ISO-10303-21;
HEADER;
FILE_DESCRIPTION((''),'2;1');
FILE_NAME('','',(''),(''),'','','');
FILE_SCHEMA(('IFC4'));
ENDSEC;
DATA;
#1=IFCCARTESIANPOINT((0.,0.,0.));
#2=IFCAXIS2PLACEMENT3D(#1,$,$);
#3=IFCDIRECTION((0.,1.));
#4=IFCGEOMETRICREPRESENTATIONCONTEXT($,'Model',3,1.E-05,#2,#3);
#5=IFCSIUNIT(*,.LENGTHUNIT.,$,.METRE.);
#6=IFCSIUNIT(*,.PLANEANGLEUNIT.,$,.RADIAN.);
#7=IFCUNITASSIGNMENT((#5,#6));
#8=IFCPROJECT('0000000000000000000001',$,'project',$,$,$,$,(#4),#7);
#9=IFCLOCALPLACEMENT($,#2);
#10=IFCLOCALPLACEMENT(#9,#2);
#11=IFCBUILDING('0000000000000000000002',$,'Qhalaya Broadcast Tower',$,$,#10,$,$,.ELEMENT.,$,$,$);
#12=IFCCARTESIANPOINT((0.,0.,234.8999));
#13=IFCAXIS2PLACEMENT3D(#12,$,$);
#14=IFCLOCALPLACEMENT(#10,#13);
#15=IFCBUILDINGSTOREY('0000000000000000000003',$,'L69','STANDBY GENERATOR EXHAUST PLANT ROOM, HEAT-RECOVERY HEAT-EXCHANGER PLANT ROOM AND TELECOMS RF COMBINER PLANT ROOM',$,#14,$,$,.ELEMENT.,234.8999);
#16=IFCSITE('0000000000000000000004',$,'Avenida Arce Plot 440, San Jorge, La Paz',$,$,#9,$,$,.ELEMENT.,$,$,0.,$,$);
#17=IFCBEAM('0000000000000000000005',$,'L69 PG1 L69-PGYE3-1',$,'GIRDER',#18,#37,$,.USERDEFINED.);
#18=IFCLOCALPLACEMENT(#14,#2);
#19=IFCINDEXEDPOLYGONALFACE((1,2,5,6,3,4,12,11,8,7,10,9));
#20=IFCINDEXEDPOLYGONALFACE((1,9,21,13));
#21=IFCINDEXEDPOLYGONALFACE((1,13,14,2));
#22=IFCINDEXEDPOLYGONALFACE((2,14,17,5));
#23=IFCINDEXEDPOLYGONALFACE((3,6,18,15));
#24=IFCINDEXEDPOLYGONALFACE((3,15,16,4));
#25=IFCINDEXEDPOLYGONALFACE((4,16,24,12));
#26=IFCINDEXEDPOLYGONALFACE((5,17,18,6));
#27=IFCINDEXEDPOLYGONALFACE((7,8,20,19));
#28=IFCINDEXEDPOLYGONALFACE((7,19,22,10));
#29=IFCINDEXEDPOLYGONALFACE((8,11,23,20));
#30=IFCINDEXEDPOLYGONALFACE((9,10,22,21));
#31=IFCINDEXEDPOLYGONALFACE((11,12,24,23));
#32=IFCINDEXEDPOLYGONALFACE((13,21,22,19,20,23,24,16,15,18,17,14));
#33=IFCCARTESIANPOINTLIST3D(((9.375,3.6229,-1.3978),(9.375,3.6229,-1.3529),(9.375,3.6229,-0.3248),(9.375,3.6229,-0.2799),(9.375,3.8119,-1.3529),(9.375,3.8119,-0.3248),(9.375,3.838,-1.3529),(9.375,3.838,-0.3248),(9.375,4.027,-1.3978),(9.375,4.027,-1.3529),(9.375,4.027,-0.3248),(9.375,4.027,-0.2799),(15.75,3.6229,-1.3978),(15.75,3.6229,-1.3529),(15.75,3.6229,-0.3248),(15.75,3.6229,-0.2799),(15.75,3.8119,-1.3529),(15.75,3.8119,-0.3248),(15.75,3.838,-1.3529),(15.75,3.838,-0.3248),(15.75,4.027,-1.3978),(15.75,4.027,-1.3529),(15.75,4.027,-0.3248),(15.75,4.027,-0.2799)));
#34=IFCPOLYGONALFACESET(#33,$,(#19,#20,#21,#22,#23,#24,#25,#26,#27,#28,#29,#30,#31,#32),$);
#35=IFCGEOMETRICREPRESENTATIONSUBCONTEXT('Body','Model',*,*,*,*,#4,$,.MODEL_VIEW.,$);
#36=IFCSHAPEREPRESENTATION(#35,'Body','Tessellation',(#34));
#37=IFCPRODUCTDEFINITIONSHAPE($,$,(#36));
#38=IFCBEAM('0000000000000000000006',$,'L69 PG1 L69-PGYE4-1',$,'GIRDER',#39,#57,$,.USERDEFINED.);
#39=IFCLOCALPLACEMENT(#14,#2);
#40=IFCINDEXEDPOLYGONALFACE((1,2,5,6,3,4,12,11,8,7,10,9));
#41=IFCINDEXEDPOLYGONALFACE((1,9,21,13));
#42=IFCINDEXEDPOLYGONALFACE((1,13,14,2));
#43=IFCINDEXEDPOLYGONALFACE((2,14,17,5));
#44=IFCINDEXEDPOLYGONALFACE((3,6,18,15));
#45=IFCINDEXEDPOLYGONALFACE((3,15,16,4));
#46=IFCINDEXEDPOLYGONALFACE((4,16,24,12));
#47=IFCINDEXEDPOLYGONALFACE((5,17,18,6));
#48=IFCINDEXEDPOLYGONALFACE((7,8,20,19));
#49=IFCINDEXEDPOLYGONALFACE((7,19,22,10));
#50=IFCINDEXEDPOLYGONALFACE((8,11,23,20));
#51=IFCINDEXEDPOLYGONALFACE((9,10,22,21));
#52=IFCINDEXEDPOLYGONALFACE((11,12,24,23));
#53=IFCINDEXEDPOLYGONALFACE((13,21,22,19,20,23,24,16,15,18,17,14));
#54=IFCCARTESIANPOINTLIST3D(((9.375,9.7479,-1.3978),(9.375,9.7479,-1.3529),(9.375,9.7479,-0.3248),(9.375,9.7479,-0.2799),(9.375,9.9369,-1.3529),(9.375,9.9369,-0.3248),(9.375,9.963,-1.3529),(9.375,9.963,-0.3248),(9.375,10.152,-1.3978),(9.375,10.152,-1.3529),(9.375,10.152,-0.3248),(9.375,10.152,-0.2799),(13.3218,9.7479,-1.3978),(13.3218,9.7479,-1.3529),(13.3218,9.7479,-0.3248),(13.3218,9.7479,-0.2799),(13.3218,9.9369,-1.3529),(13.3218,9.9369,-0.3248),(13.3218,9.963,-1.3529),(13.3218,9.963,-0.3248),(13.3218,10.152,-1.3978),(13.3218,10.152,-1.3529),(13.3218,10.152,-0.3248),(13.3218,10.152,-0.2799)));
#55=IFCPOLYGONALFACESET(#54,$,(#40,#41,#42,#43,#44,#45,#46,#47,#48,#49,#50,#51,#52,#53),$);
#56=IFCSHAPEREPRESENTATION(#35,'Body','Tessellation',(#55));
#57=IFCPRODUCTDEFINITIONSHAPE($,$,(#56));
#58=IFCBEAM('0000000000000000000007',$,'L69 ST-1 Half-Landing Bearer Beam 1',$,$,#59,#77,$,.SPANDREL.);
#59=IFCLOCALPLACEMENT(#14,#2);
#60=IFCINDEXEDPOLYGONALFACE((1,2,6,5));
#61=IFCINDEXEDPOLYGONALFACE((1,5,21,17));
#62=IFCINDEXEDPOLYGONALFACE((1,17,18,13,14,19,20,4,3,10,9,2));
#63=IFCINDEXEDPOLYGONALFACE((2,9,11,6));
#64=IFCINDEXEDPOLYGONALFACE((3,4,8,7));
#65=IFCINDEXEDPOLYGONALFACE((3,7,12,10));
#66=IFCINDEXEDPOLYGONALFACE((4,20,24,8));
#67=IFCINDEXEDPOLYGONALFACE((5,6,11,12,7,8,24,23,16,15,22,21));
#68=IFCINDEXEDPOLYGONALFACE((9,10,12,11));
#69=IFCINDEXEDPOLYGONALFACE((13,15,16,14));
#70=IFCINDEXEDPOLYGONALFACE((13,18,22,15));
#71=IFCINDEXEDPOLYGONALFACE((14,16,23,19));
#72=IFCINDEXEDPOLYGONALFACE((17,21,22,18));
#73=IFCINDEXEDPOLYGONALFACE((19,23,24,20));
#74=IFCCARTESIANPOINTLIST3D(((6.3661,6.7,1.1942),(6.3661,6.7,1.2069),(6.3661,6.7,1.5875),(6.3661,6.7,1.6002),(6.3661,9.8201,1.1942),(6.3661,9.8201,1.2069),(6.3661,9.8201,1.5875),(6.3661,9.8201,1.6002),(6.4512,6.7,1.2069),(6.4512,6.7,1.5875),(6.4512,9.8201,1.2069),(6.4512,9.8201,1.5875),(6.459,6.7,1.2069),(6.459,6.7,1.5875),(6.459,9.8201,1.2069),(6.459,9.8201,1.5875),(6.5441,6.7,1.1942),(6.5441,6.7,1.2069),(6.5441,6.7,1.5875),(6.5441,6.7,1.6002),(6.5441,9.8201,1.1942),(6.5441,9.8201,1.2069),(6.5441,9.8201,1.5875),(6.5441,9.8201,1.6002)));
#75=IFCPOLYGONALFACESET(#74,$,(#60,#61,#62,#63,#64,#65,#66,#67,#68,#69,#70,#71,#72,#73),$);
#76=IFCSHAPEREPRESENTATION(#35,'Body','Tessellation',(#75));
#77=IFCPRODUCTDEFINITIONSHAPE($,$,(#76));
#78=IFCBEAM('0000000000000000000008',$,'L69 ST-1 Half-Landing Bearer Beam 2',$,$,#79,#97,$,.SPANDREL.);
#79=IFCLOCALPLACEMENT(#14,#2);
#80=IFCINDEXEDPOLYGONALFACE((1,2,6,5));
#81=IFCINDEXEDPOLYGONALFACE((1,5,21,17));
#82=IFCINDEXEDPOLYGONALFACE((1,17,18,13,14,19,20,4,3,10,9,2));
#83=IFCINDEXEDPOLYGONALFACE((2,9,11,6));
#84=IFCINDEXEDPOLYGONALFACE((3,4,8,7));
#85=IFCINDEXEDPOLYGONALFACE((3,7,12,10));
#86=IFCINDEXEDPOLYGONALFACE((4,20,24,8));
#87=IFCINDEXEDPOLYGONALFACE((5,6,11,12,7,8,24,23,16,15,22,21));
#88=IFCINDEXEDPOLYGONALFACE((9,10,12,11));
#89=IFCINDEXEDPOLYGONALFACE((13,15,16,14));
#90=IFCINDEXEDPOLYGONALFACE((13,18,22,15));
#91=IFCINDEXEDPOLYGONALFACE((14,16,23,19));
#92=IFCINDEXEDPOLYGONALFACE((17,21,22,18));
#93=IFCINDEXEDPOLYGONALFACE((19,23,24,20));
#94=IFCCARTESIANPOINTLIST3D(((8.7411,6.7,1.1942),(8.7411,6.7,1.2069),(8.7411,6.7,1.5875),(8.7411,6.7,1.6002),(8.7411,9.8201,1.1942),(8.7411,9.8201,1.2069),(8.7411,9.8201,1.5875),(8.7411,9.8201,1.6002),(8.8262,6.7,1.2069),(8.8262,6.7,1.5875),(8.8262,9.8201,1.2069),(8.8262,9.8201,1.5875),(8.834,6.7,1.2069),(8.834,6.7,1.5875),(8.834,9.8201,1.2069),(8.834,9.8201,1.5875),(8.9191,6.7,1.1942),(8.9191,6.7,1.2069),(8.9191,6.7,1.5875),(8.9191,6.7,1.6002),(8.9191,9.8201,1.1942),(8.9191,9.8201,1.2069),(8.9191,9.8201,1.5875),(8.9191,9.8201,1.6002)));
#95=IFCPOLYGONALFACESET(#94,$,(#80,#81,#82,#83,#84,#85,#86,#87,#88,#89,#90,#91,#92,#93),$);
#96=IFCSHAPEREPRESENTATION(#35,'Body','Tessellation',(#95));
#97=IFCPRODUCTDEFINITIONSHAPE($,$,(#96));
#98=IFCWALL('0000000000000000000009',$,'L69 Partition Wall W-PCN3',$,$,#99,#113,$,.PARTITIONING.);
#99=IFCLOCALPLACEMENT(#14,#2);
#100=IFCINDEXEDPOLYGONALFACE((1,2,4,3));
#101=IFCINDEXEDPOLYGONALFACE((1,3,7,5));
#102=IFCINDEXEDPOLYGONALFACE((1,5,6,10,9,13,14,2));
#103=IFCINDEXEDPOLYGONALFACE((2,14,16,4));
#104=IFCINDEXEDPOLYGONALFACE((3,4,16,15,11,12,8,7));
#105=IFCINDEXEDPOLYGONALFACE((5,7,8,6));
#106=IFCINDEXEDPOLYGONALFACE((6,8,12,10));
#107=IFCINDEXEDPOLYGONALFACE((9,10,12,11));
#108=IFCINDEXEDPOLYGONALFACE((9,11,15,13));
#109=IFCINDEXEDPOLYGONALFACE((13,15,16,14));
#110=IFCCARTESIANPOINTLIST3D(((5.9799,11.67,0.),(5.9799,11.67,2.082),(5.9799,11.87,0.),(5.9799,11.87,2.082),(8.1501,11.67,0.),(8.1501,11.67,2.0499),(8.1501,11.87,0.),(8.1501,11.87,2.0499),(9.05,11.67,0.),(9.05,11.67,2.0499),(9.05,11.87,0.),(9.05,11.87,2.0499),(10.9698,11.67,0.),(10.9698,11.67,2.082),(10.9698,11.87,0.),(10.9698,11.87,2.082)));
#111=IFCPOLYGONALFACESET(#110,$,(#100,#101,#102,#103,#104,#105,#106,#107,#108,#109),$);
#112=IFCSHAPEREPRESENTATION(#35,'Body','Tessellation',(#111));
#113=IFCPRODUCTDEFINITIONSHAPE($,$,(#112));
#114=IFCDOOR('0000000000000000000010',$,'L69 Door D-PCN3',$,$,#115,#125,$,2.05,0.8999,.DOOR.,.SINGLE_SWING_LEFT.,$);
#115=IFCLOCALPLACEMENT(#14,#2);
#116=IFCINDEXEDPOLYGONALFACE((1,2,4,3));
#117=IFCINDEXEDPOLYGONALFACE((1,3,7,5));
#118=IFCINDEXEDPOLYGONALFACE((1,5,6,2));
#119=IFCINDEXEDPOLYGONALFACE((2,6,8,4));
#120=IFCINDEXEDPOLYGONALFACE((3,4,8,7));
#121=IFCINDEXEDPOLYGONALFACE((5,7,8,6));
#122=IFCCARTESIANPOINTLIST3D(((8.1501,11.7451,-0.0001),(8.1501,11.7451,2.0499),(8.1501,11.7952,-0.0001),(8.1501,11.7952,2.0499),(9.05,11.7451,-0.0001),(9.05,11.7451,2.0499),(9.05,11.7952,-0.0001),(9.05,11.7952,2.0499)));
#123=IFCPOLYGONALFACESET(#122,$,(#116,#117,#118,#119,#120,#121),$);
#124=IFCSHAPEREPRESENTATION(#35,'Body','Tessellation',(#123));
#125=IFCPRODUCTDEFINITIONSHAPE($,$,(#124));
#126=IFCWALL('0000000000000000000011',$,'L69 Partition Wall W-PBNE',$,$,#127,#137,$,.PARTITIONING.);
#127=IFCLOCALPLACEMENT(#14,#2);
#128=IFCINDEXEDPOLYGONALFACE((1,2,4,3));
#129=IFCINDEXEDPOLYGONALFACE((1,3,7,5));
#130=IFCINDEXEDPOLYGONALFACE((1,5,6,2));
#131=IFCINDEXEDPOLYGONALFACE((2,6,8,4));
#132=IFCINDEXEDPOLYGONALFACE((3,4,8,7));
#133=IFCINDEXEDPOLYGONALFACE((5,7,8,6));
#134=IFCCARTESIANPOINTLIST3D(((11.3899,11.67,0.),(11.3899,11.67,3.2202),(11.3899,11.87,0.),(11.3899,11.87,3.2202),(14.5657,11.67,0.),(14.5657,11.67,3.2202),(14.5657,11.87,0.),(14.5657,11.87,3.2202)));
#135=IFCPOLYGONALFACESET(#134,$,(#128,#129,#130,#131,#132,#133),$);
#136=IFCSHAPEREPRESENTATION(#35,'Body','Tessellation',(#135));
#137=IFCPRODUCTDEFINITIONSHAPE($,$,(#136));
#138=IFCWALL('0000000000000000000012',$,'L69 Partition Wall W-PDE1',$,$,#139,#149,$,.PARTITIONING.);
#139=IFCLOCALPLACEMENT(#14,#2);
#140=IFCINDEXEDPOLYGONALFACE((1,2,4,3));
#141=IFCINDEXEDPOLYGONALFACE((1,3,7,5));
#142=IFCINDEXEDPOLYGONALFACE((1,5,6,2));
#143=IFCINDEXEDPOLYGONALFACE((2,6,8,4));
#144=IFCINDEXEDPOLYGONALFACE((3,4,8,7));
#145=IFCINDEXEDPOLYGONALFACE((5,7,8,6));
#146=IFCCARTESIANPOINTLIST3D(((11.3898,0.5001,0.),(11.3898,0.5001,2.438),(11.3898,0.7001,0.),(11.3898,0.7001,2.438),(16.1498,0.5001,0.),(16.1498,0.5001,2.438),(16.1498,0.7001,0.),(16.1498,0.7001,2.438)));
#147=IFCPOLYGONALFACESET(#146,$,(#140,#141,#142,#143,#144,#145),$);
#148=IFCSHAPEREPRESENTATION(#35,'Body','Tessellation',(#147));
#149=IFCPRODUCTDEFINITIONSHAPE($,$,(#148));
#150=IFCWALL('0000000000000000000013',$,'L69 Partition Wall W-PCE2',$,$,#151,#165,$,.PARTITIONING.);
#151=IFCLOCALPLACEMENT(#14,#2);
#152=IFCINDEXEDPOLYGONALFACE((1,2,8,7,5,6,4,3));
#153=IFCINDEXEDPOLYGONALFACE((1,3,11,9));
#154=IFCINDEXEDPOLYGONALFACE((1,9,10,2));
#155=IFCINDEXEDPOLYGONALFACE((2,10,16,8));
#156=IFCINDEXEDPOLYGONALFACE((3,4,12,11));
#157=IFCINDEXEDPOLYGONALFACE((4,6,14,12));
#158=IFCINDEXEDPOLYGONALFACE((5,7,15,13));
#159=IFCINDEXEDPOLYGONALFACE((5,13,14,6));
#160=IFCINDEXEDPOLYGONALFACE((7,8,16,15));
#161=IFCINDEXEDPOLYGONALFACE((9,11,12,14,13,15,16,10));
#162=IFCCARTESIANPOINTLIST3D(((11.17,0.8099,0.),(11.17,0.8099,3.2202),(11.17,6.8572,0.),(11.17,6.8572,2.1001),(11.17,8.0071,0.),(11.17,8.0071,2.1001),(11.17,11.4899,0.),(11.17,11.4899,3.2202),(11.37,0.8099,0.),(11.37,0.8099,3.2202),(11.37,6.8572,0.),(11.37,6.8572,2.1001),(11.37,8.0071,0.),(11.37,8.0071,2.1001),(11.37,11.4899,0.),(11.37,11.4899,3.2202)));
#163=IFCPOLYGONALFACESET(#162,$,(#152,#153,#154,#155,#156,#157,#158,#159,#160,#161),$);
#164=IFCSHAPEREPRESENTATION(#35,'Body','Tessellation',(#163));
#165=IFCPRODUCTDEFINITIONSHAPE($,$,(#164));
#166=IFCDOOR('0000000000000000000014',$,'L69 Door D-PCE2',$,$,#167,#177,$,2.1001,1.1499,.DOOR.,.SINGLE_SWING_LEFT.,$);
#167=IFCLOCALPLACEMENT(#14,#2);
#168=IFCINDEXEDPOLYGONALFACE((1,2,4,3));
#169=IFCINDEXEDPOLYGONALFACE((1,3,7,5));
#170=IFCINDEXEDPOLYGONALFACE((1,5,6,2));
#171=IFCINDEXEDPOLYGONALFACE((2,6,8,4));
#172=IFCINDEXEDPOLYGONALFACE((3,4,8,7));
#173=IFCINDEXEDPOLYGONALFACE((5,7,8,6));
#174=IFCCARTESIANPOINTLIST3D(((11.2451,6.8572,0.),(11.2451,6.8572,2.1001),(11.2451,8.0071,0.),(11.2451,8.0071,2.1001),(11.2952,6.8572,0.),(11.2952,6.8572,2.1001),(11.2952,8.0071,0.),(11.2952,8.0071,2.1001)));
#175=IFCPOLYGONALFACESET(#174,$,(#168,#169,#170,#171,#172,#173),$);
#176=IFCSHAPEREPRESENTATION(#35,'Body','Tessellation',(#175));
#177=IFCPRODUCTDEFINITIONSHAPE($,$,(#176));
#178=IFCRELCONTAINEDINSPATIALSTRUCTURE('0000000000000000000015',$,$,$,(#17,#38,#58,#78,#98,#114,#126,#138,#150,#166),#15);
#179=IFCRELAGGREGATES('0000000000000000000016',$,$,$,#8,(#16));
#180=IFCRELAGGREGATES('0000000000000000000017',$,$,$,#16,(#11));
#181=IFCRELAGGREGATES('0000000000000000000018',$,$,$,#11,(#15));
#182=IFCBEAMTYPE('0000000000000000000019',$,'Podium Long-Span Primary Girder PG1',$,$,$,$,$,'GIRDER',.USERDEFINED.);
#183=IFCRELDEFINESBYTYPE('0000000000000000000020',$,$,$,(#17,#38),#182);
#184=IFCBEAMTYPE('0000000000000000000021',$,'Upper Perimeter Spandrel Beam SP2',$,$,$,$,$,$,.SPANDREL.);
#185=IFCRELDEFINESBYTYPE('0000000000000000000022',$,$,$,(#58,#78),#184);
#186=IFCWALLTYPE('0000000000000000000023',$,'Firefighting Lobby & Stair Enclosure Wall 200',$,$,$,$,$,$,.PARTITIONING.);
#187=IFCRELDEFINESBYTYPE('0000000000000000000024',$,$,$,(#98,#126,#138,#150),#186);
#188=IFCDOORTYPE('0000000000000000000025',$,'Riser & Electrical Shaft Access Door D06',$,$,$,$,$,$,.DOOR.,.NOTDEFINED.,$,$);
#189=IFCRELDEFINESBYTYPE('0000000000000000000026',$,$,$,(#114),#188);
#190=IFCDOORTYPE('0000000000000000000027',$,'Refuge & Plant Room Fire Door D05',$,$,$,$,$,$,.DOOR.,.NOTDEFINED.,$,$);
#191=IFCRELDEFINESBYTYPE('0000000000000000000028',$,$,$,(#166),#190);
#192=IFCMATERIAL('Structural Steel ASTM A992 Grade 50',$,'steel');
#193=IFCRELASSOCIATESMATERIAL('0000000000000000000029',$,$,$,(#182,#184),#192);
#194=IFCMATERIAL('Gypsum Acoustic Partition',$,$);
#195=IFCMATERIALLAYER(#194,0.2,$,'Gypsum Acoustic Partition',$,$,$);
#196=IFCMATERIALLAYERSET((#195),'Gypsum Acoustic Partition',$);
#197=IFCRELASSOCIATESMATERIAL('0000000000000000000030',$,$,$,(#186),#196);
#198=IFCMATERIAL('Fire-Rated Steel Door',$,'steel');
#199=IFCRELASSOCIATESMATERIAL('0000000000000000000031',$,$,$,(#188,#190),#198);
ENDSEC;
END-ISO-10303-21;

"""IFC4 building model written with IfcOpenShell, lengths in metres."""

from ifc_helpers import new_model, si_unit, direction, frame, frame_2d, origin, origin_2d, place, context, subcontext, project, spatial, rectangle, i_section, extrude, material, layer, layer_set, material_profile, profile_set, type_object, element, fill, save


model = new_model("IFC4")

# Units and contexts
model_context = context("Model", 3, precision=1e-05, world=origin(), true_north=direction((0.0, 1.0)))
body_context = subcontext(model_context, "Body", "Model", "MODEL_VIEW")
ifc_project = project(units=[si_unit("LENGTHUNIT", "METRE"), si_unit("PLANEANGLEUNIT", "RADIAN")], contexts=[model_context])

# Site, building, storey
site_placement = place(None, origin())
site = spatial("IfcSite", under=ifc_project, at=site_placement, Name="Avenida Arce Plot 440, San Jorge, La Paz", CompositionType="ELEMENT", RefElevation=0.0)
building_placement = place(site_placement, origin())
building = spatial("IfcBuilding", under=site, at=building_placement, Name="Qhalaya Broadcast Tower", CompositionType="ELEMENT")
storey_placement = place(building_placement, frame((0.0, 0.0, 234.8999)))
storey = spatial("IfcBuildingStorey", under=building, at=storey_placement, Name="L69", Description="STANDBY GENERATOR EXHAUST PLANT ROOM, HEAT-RECOVERY HEAT-EXCHANGER PLANT ROOM AND TELECOMS RF COMBINER PLANT ROOM", CompositionType="ELEMENT", Elevation=234.8999)

# Beams
ifc_material_1 = material(Name="Structural Steel ASTM A992 Grade 50", Category="steel")
ifc_material_profile_1 = material_profile(ifc_material_1, i_section(OverallWidth=0.4041, OverallDepth=1.1179, WebThickness=0.0261, FlangeThickness=0.0449, at=origin_2d()), Name="W44X335")
ifc_profile_set_1 = profile_set([ifc_material_profile_1], Name="Structural Steel ASTM A992 Grade 50")
beam_type_1 = type_object("IfcBeamType", Name="Podium Long-Span Primary Girder PG1", ElementType="GIRDER", PredefinedType="USERDEFINED", material=ifc_profile_set_1)
beam_1_placement = place(storey_placement, frame((9.375, 3.825, -0.8389), z_axis=(1.0, 0.0, 0.0), x_axis=(0.0, 1.0, 0.0)))
element("IfcBeam", 1, at=beam_1_placement, inside=storey, type_object=beam_type_1, Name="L69 PG1 L69-PGYE3-1", ObjectType="GIRDER", PredefinedType="USERDEFINED", context=body_context, shape_type="SweptSolid", body=[
    extrude(i_section(OverallWidth=0.4041, OverallDepth=1.1179, WebThickness=0.0261, FlangeThickness=0.0449, at=origin_2d()), origin(), (0.0, 0.0, 1.0), 6.375),
])
beam_2_placement = place(storey_placement, frame((9.375, 9.95, -0.8389), z_axis=(1.0, 0.0, 0.0), x_axis=(0.0, 1.0, 0.0)))
element("IfcBeam", 2, at=beam_2_placement, inside=storey, type_object=beam_type_1, Name="L69 PG1 L69-PGYE4-1", ObjectType="GIRDER", PredefinedType="USERDEFINED", context=body_context, shape_type="SweptSolid", body=[
    extrude(i_section(OverallWidth=0.4041, OverallDepth=1.1179, WebThickness=0.0261, FlangeThickness=0.0449, at=origin_2d()), origin(), (0.0, 0.0, 1.0), 3.9468),
])
ifc_material_profile_2 = material_profile(ifc_material_1, i_section(OverallWidth=0.178, OverallDepth=0.406, WebThickness=0.0078, FlangeThickness=0.0127, at=origin_2d()), Name="W16X40")
ifc_profile_set_2 = profile_set([ifc_material_profile_2], Name="Structural Steel ASTM A992 Grade 50")
beam_type_2 = type_object("IfcBeamType", Name="Upper Perimeter Spandrel Beam SP2", PredefinedType="SPANDREL", material=ifc_profile_set_2)
for number, where, z_axis, x_axis, name in (
    (3, (6.4551, 6.7, 1.3972), (0.0, 1.0, 0.0), (-1.0, 0.0, 0.0), "L69 ST-1 Half-Landing Bearer Beam 1"),
    (4, (8.8301, 6.7, 1.3972), (0.0, 1.0, 0.0), (-1.0, 0.0, 0.0), "L69 ST-1 Half-Landing Bearer Beam 2"),
):
    element("IfcBeam", number, at=place(storey_placement, frame(where, z_axis=z_axis, x_axis=x_axis)), inside=storey, type_object=beam_type_2, Name=name, PredefinedType="SPANDREL", context=body_context, shape_type="SweptSolid", body=[
        extrude(i_section(OverallWidth=0.178, OverallDepth=0.406, WebThickness=0.0078, FlangeThickness=0.0127, at=origin_2d()), origin(), (0.0, 0.0, 1.0), 3.1201),
    ])

# Wall, opening, door
ifc_material_2 = material(Name="Gypsum Acoustic Partition")
ifc_layer_1 = layer(ifc_material_2, 0.2, Name="Gypsum Acoustic Partition")
ifc_layer_set_1 = layer_set([ifc_layer_1], Name="Gypsum Acoustic Partition")
wall_type_1 = type_object("IfcWallType", Name="Firefighting Lobby & Stair Enclosure Wall 200", PredefinedType="PARTITIONING", material=ifc_layer_set_1)
wall_1_placement = place(storey_placement, frame((10.97, 11.77, 0.0), z_axis=(0.0, 0.0, 1.0), x_axis=(-1.0, 0.0, 0.0)))
wall_1 = element("IfcWall", 5, at=wall_1_placement, inside=storey, type_object=wall_type_1, Name="L69 Partition Wall W-PCN3", PredefinedType="PARTITIONING", context=body_context, shape_type="SweptSolid", body=[
    extrude(rectangle(XDim=4.99, YDim=0.2, at=frame_2d((2.4951, 0.0))), origin(), (0.0, 0.0, 1.0), 2.082),
])
opening_1_placement = place(wall_1_placement, frame((1.9199, 0.0, 0.0)))
opening_1 = element("IfcOpeningElement", 6, at=opening_1_placement, cuts=wall_1, PredefinedType="OPENING", context=body_context, shape_type="SweptSolid", body=[
    extrude(rectangle(XDim=0.8999, YDim=2.05, at=frame_2d((0.45, 1.0249))), frame((0.0, 0.1121, 0.0), z_axis=(0.0, -1.0, 0.0), x_axis=(1.0, 0.0, 0.0)), (0.0, 0.0, 1.0), 0.2239),
])
ifc_material_3 = material(Name="Fire-Rated Steel Door", Category="steel")
door_type_1 = type_object("IfcDoorType", Name="Riser & Electrical Shaft Access Door D06", OperationType="NOTDEFINED", PredefinedType="DOOR", material=ifc_material_3)
door_1_placement = place(opening_1_placement, origin())
door_1 = element("IfcDoor", 7, at=door_1_placement, inside=storey, type_object=door_type_1, Name="L69 Door D-PCN3", OperationType="SINGLE_SWING_LEFT", OverallHeight=2.05, OverallWidth=0.8999, PredefinedType="DOOR", context=body_context, shape_type="SweptSolid", body=[
    extrude(rectangle(XDim=0.8999, YDim=2.05, at=frame_2d((0.45, 1.0249))), frame((0.0, 0.0249, 0.0), z_axis=(0.0, -1.0, 0.0), x_axis=(1.0, 0.0, 0.0)), (0.0, 0.0, 1.0), 0.05),
])
fill(opening_1, door_1)

# Walls
wall_2_placement = place(storey_placement, frame((11.3899, 11.77, 0.0), z_axis=(0.0, 0.0, 1.0), x_axis=(1.0, 0.0, 0.0)))
element("IfcWall", 8, at=wall_2_placement, inside=storey, type_object=wall_type_1, Name="L69 Partition Wall W-PBNE", PredefinedType="PARTITIONING", context=body_context, shape_type="SweptSolid", body=[
    extrude(rectangle(XDim=3.1758, YDim=0.2, at=frame_2d((1.5879, 0.0))), origin(), (0.0, 0.0, 1.0), 3.2202),
])
wall_3_placement = place(storey_placement, frame((11.3899, 0.6001, 0.0), z_axis=(0.0, 0.0, 1.0), x_axis=(1.0, 0.0, 0.0)))
element("IfcWall", 9, at=wall_3_placement, inside=storey, type_object=wall_type_1, Name="L69 Partition Wall W-PDE1", PredefinedType="PARTITIONING", context=body_context, shape_type="SweptSolid", body=[
    extrude(rectangle(XDim=4.76, YDim=0.2, at=frame_2d((2.3799, 0.0))), origin(), (0.0, 0.0, 1.0), 2.438),
])

# Wall, opening, door
wall_4_placement = place(storey_placement, frame((11.27, 0.8101, 0.0), z_axis=(0.0, 0.0, 1.0), x_axis=(0.0, 1.0, 0.0)))
wall_4 = element("IfcWall", 10, at=wall_4_placement, inside=storey, type_object=wall_type_1, Name="L69 Partition Wall W-PCE2", PredefinedType="PARTITIONING", context=body_context, shape_type="SweptSolid", body=[
    extrude(rectangle(XDim=10.6799, YDim=0.2, at=frame_2d((5.3398, 0.0))), origin(), (0.0, 0.0, 1.0), 3.2202),
])
opening_2_placement = place(wall_4_placement, frame((6.0471, 0.0, 0.0)))
opening_2 = element("IfcOpeningElement", 11, at=opening_2_placement, cuts=wall_4, PredefinedType="OPENING", context=body_context, shape_type="SweptSolid", body=[
    extrude(rectangle(XDim=1.1499, YDim=2.1001, at=frame_2d((0.575, 1.05))), frame((0.0, 0.1121, 0.0), z_axis=(0.0, -1.0, 0.0), x_axis=(1.0, 0.0, 0.0)), (0.0, 0.0, 1.0), 0.2239),
])
door_type_2 = type_object("IfcDoorType", Name="Refuge & Plant Room Fire Door D05", OperationType="NOTDEFINED", PredefinedType="DOOR", material=ifc_material_3)
door_2_placement = place(opening_2_placement, origin())
door_2 = element("IfcDoor", 12, at=door_2_placement, inside=storey, type_object=door_type_2, Name="L69 Door D-PCE2", OperationType="SINGLE_SWING_LEFT", OverallHeight=2.1001, OverallWidth=1.1499, PredefinedType="DOOR", context=body_context, shape_type="SweptSolid", body=[
    extrude(rectangle(XDim=1.1499, YDim=2.1001, at=frame_2d((0.575, 1.05))), frame((0.0, 0.0249, 0.0), z_axis=(0.0, -1.0, 0.0), x_axis=(1.0, 0.0, 0.0)), (0.0, 0.0, 1.0), 0.05),
])
fill(opening_2, door_2)

save(model, "model.ifc")
